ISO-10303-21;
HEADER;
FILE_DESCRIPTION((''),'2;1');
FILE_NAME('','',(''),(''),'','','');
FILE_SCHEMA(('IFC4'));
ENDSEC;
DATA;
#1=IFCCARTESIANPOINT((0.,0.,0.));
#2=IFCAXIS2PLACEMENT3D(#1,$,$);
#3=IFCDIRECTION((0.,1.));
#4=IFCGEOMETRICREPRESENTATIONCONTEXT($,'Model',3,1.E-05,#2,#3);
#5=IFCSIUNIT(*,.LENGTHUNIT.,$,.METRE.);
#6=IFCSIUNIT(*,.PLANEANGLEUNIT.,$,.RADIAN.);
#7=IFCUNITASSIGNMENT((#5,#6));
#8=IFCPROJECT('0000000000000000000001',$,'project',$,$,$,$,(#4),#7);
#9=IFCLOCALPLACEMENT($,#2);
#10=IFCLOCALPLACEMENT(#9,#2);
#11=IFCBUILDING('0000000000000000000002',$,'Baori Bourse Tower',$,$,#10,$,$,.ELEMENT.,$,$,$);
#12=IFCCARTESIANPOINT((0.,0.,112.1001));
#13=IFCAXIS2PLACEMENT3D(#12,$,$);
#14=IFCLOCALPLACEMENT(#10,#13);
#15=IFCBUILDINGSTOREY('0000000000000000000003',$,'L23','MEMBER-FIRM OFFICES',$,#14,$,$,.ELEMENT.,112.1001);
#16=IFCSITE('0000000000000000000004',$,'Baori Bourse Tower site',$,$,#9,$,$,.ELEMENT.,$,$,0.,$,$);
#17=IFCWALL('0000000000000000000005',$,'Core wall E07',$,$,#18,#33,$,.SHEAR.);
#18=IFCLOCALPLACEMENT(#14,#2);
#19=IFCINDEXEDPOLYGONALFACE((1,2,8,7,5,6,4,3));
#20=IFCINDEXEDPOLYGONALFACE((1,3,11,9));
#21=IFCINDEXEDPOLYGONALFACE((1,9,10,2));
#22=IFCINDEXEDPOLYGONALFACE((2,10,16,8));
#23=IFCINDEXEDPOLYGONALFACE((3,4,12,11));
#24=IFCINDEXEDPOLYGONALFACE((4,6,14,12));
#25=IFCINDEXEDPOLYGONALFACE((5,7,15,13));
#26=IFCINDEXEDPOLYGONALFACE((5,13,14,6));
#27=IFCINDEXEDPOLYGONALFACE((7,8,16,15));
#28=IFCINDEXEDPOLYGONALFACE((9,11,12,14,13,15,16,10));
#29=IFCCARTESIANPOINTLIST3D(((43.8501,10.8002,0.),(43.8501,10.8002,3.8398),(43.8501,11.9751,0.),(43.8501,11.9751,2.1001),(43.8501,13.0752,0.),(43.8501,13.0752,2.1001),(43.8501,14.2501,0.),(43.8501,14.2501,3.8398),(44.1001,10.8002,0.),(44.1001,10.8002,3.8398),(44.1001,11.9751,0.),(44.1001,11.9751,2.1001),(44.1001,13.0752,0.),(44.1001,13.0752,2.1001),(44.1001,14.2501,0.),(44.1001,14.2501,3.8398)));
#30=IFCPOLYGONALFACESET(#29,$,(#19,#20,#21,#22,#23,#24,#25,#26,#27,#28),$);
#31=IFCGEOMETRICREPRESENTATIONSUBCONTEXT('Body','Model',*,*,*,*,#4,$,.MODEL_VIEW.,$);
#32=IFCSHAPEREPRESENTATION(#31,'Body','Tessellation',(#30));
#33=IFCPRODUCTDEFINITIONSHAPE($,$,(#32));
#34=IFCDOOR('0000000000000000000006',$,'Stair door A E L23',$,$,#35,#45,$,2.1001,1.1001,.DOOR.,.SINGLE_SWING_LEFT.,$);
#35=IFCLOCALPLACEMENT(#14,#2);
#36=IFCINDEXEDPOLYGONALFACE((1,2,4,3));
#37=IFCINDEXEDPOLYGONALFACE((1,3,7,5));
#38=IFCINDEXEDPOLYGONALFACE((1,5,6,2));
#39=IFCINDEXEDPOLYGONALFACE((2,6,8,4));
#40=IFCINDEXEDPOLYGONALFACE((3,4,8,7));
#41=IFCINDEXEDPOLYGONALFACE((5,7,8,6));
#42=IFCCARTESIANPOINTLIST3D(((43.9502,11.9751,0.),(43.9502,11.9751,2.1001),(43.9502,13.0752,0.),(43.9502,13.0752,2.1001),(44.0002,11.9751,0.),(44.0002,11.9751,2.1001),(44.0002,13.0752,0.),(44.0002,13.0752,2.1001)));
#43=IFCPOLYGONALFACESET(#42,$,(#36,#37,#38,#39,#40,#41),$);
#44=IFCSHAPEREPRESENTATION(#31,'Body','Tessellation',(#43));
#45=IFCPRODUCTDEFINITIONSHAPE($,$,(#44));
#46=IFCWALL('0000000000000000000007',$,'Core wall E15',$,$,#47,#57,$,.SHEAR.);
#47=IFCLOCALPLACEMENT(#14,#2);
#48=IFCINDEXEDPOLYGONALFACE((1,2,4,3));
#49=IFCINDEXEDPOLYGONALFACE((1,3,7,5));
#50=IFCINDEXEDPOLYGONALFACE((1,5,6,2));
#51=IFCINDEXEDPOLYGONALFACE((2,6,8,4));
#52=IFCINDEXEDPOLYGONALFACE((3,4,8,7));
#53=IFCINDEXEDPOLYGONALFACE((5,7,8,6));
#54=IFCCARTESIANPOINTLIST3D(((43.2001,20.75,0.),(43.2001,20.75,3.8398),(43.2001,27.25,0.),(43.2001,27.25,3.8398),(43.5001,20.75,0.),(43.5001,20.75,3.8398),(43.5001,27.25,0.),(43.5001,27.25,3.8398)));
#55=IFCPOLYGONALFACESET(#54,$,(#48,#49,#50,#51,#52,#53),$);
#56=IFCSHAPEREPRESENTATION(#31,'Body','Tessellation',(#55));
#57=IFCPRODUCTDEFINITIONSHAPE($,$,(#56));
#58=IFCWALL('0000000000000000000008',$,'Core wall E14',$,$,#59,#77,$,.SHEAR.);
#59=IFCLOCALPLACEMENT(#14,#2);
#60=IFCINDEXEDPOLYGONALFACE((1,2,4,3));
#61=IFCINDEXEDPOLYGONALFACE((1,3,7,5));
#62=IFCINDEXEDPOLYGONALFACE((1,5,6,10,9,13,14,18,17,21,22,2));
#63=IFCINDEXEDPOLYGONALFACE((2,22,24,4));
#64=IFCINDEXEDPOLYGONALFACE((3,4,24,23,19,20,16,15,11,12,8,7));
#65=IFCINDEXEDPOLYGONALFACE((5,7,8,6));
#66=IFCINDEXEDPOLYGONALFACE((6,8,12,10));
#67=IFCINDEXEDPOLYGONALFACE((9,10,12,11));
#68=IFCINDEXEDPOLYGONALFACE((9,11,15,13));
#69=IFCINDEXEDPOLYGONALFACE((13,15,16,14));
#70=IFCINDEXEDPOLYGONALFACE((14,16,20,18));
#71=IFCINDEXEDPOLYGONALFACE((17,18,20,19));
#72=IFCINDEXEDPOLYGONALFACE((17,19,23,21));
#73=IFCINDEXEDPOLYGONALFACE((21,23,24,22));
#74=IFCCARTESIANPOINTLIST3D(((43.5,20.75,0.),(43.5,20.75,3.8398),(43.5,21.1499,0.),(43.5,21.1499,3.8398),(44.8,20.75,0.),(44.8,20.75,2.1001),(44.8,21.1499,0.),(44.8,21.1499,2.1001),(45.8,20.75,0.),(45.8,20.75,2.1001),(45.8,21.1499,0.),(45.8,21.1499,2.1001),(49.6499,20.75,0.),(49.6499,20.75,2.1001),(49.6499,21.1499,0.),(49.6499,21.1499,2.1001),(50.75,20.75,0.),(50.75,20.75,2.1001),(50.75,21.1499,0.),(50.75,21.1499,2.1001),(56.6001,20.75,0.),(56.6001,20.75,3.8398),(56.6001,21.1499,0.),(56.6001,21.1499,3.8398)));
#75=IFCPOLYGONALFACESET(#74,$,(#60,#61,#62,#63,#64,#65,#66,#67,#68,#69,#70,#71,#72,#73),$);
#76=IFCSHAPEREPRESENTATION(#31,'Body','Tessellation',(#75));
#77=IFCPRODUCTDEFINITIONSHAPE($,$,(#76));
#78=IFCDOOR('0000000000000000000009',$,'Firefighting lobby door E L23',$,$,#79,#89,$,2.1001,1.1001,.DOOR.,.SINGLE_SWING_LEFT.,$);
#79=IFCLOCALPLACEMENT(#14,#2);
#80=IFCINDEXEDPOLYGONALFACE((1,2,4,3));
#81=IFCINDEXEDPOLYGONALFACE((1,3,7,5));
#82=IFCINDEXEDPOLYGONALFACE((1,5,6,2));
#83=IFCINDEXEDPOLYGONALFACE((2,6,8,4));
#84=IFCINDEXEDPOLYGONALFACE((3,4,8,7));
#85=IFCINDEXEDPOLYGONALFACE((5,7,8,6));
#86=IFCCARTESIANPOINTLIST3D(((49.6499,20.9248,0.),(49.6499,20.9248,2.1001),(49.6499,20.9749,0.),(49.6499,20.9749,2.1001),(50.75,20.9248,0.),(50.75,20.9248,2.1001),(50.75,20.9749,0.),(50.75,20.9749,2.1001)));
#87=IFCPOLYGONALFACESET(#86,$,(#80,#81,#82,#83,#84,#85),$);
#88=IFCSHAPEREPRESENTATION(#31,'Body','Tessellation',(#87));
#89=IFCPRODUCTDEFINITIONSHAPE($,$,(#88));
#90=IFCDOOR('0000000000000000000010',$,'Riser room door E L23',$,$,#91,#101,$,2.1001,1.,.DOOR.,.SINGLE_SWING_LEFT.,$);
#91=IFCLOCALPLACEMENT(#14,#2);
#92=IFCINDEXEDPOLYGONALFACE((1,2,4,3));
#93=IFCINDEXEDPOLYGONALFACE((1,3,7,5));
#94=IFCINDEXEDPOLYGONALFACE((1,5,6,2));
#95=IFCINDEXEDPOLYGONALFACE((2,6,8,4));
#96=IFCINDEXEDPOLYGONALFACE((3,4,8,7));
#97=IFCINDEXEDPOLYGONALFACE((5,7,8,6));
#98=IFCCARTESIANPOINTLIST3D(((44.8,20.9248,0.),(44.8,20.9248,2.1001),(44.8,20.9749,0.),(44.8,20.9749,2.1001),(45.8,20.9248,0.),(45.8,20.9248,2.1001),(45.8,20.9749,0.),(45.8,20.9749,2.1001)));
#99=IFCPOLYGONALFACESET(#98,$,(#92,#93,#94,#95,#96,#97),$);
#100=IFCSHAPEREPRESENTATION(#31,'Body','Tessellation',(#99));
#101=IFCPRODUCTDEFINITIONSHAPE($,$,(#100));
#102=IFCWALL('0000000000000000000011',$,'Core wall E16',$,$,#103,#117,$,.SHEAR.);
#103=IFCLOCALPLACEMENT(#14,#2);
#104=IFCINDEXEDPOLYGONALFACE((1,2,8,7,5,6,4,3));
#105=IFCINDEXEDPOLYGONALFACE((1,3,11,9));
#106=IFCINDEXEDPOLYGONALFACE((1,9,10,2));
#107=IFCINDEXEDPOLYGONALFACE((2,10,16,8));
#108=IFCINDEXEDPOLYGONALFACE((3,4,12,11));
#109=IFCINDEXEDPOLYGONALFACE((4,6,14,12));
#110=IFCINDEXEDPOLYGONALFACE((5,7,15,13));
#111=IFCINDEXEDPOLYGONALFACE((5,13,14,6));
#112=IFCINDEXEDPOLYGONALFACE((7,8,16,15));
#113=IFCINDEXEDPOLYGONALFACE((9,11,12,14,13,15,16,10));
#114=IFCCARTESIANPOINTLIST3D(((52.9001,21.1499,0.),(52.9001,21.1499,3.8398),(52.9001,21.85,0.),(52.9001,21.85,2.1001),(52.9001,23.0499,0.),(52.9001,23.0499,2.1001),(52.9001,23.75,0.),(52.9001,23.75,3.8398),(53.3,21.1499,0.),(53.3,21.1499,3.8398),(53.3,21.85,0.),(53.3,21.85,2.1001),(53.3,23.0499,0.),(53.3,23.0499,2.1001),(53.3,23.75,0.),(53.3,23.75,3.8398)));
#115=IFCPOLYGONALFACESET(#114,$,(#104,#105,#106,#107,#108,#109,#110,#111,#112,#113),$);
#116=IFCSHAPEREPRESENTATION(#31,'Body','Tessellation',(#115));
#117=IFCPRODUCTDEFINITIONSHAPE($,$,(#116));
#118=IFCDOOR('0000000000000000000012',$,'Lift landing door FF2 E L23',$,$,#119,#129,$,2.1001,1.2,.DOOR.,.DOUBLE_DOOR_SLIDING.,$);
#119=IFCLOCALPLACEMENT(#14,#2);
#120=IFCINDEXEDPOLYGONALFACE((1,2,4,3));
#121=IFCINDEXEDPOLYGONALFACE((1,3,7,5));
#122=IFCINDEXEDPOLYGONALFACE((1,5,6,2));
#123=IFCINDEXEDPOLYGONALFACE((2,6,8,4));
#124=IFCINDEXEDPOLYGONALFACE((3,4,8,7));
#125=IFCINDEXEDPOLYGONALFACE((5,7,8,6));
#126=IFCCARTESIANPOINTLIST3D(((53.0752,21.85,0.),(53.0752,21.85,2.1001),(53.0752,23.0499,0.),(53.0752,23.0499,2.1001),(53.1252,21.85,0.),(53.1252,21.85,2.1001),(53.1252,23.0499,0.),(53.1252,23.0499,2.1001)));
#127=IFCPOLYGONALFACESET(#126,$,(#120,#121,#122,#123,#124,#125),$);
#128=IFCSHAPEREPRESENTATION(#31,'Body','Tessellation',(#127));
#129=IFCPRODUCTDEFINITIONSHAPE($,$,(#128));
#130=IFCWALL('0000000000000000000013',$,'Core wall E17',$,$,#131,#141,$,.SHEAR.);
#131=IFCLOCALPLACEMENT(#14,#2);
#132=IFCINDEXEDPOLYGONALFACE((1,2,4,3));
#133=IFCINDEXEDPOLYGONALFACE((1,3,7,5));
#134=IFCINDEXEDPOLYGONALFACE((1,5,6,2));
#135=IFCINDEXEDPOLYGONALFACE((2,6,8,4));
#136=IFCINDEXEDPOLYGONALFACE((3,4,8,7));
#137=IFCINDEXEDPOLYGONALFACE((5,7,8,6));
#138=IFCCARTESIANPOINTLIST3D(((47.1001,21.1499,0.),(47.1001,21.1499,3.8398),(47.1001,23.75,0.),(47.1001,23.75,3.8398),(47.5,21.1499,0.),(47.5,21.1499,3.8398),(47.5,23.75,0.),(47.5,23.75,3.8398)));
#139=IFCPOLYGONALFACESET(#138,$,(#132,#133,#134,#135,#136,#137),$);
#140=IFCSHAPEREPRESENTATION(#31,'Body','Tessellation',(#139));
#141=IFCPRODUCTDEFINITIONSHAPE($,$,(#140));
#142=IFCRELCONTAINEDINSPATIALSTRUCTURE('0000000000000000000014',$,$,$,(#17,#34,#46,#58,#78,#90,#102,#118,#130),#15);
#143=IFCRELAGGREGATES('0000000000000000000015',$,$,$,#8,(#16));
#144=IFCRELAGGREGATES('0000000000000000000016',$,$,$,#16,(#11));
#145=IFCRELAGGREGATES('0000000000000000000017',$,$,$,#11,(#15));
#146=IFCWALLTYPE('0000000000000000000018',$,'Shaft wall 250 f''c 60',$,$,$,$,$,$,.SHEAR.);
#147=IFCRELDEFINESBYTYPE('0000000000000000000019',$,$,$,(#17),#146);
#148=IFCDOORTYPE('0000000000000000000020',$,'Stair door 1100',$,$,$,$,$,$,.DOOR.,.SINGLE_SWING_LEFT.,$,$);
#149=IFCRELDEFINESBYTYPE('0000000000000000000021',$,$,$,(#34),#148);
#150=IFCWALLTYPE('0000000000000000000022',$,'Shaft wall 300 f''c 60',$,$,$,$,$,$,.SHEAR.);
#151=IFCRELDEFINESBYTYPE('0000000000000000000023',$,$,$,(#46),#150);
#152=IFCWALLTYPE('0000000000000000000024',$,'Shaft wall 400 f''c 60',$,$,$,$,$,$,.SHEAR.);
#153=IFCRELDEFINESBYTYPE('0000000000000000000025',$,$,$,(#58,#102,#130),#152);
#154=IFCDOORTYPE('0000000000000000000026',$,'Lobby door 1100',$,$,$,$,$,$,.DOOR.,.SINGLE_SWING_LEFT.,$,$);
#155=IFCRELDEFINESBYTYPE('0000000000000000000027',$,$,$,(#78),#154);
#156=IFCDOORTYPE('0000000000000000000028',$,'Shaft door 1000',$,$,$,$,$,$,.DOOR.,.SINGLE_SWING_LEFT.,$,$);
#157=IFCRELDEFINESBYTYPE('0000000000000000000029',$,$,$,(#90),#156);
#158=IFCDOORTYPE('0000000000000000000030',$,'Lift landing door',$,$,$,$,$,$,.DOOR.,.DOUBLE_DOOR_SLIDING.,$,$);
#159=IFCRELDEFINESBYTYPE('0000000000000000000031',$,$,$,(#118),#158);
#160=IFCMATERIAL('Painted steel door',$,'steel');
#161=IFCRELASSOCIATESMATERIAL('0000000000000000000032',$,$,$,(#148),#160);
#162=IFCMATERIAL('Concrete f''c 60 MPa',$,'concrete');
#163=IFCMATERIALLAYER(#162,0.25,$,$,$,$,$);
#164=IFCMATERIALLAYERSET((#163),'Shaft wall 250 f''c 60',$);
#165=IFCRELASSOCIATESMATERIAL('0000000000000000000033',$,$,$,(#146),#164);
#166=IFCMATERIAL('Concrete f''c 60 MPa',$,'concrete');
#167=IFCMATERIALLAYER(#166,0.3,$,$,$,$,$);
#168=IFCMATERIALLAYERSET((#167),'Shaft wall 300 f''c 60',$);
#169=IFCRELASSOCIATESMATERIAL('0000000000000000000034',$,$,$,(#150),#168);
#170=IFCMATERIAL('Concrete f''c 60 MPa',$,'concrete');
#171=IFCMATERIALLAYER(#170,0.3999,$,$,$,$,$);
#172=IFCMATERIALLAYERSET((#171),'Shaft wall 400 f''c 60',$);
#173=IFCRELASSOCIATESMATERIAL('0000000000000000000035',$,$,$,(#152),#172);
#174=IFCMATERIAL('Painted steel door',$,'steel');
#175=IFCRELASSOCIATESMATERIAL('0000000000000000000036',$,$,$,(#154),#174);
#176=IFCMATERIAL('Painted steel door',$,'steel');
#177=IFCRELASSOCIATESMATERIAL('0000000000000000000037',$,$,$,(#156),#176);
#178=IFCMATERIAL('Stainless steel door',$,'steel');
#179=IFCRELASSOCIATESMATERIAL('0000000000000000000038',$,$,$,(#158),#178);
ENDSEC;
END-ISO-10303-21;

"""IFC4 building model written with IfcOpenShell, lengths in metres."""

from ifc_helpers import new_model, si_unit, direction, frame, frame_2d, origin, place, context, subcontext, project, spatial, rectangle, extrude, material, layer, layer_set, type_object, element, fill, save


model = new_model("IFC4")

# Units and contexts
model_context = context("Model", 3, precision=1e-05, world=origin(), true_north=direction((0.0, 1.0)))
body_context = subcontext(model_context, "Body", "Model", "MODEL_VIEW")
ifc_project = project(units=[si_unit("LENGTHUNIT", "METRE"), si_unit("PLANEANGLEUNIT", "RADIAN")], contexts=[model_context])

# Site, building, storey
site_placement = place(None, origin())
site = spatial("IfcSite", under=ifc_project, at=site_placement, Name="Baori Bourse Tower site", CompositionType="ELEMENT", RefElevation=0.0)
building_placement = place(site_placement, origin())
building = spatial("IfcBuilding", under=site, at=building_placement, Name="Baori Bourse Tower", CompositionType="ELEMENT")
storey_placement = place(building_placement, frame((0.0, 0.0, 112.1001)))
storey = spatial("IfcBuildingStorey", under=building, at=storey_placement, Name="L23", Description="MEMBER-FIRM OFFICES", CompositionType="ELEMENT", Elevation=112.1001)

# Shared definitions
ifc_material_1 = material(Name="Painted steel door", Category="steel")
door_type_1 = type_object("IfcDoorType", Name="Stair door 1100", OperationType="SINGLE_SWING_LEFT", PredefinedType="DOOR", material=ifc_material_1)

# Wall, opening, door
ifc_material_2 = material(Name="Concrete f'c 60 MPa", Category="concrete")
ifc_layer_1 = layer(ifc_material_2, 0.25)
ifc_layer_set_1 = layer_set([ifc_layer_1], Name="Shaft wall 250 f'c 60")
wall_type_1 = type_object("IfcWallType", Name="Shaft wall 250 f'c 60", PredefinedType="SHEAR", material=ifc_layer_set_1)
wall_1_placement = place(storey_placement, frame((43.9751, 10.8, 0.0), z_axis=(0.0, 0.0, 1.0), x_axis=(0.0, 1.0, 0.0)))
wall_1 = element("IfcWall", 1, at=wall_1_placement, inside=storey, type_object=wall_type_1, Name="Core wall E07", PredefinedType="SHEAR", context=body_context, shape_type="SweptSolid", body=[
    extrude(rectangle(XDim=3.45, YDim=0.25, at=frame_2d((1.7251, 0.0))), origin(), (0.0, 0.0, 1.0), 3.8398),
])
opening_1_placement = place(wall_1_placement, frame((1.175, 0.0, 0.0)))
opening_1 = element("IfcOpeningElement", 2, at=opening_1_placement, cuts=wall_1, PredefinedType="OPENING", context=body_context, shape_type="SweptSolid", body=[
    extrude(rectangle(XDim=1.1001, YDim=2.1001, at=frame_2d((0.55, 1.05))), frame((0.0, 0.135, 0.0), z_axis=(0.0, -1.0, 0.0), x_axis=(1.0, 0.0, 0.0)), (0.0, 0.0, 1.0), 0.27),
])
door_1_placement = place(opening_1_placement, origin())
door_1 = element("IfcDoor", 3, at=door_1_placement, inside=storey, type_object=door_type_1, Name="Stair door A E L23", OperationType="SINGLE_SWING_LEFT", OverallHeight=2.1001, OverallWidth=1.1001, PredefinedType="DOOR", context=body_context, shape_type="SweptSolid", body=[
    extrude(rectangle(XDim=1.1001, YDim=2.1001, at=frame_2d((0.55, 1.05))), frame((0.0, 0.0249, 0.0), z_axis=(0.0, -1.0, 0.0), x_axis=(1.0, 0.0, 0.0)), (0.0, 0.0, 1.0), 0.05),
])
fill(opening_1, door_1)

# Wall
ifc_material_3 = material(Name="Concrete f'c 60 MPa", Category="concrete")
ifc_layer_2 = layer(ifc_material_3, 0.3)
ifc_layer_set_2 = layer_set([ifc_layer_2], Name="Shaft wall 300 f'c 60")
wall_type_2 = type_object("IfcWallType", Name="Shaft wall 300 f'c 60", PredefinedType="SHEAR", material=ifc_layer_set_2)
wall_2_placement = place(storey_placement, frame((43.3501, 20.75, 0.0), z_axis=(0.0, 0.0, 1.0), x_axis=(0.0, 1.0, 0.0)))
element("IfcWall", 4, at=wall_2_placement, inside=storey, type_object=wall_type_2, Name="Core wall E15", PredefinedType="SHEAR", context=body_context, shape_type="SweptSolid", body=[
    extrude(rectangle(XDim=6.5, YDim=0.3, at=frame_2d((3.25, 0.0))), origin(), (0.0, 0.0, 1.0), 3.8398),
])

# Wall, openings, doors
ifc_material_4 = material(Name="Concrete f'c 60 MPa", Category="concrete")
ifc_layer_3 = layer(ifc_material_4, 0.3999)
ifc_layer_set_3 = layer_set([ifc_layer_3], Name="Shaft wall 400 f'c 60")
wall_type_3 = type_object("IfcWallType", Name="Shaft wall 400 f'c 60", PredefinedType="SHEAR", material=ifc_layer_set_3)
wall_3_placement = place(storey_placement, frame((43.5, 20.95, 0.0), z_axis=(0.0, 0.0, 1.0), x_axis=(1.0, 0.0, 0.0)))
wall_3 = element("IfcWall", 5, at=wall_3_placement, inside=storey, type_object=wall_type_3, Name="Core wall E14", PredefinedType="SHEAR", context=body_context, shape_type="SweptSolid", body=[
    extrude(rectangle(XDim=13.1001, YDim=0.3999, at=frame_2d((6.55, 0.0))), origin(), (0.0, 0.0, 1.0), 3.8398),
])
opening_2_placement = place(wall_3_placement, frame((6.1499, 0.0, 0.0)))
opening_2 = element("IfcOpeningElement", 6, at=opening_2_placement, cuts=wall_3, PredefinedType="OPENING", context=body_context, shape_type="SweptSolid", body=[
    extrude(rectangle(XDim=1.1001, YDim=2.1001, at=frame_2d((0.55, 1.05))), frame((0.0, 0.21, 0.0), z_axis=(0.0, -1.0, 0.0), x_axis=(1.0, 0.0, 0.0)), (0.0, 0.0, 1.0), 0.4199),
])
opening_3_placement = place(wall_3_placement, frame((1.3, 0.0, 0.0)))
opening_3 = element("IfcOpeningElement", 7, at=opening_3_placement, cuts=wall_3, PredefinedType="OPENING", context=body_context, shape_type="SweptSolid", body=[
    extrude(rectangle(XDim=1.0, YDim=2.1001, at=frame_2d((0.5, 1.05))), frame((0.0, 0.21, 0.0), z_axis=(0.0, -1.0, 0.0), x_axis=(1.0, 0.0, 0.0)), (0.0, 0.0, 1.0), 0.4199),
])
ifc_material_5 = material(Name="Painted steel door", Category="steel")
door_type_2 = type_object("IfcDoorType", Name="Lobby door 1100", OperationType="SINGLE_SWING_LEFT", PredefinedType="DOOR", material=ifc_material_5)
door_2_placement = place(opening_2_placement, origin())
door_2 = element("IfcDoor", 8, at=door_2_placement, inside=storey, type_object=door_type_2, Name="Firefighting lobby door E L23", OperationType="SINGLE_SWING_LEFT", OverallHeight=2.1001, OverallWidth=1.1001, PredefinedType="DOOR", context=body_context, shape_type="SweptSolid", body=[
    extrude(rectangle(XDim=1.1001, YDim=2.1001, at=frame_2d((0.55, 1.05))), frame((0.0, 0.0249, 0.0), z_axis=(0.0, -1.0, 0.0), x_axis=(1.0, 0.0, 0.0)), (0.0, 0.0, 1.0), 0.05),
])
fill(opening_2, door_2)
ifc_material_6 = material(Name="Painted steel door", Category="steel")
door_type_3 = type_object("IfcDoorType", Name="Shaft door 1000", OperationType="SINGLE_SWING_LEFT", PredefinedType="DOOR", material=ifc_material_6)
door_3_placement = place(opening_3_placement, origin())
door_3 = element("IfcDoor", 9, at=door_3_placement, inside=storey, type_object=door_type_3, Name="Riser room door E L23", OperationType="SINGLE_SWING_LEFT", OverallHeight=2.1001, OverallWidth=1.0, PredefinedType="DOOR", context=body_context, shape_type="SweptSolid", body=[
    extrude(rectangle(XDim=1.0, YDim=2.1001, at=frame_2d((0.5, 1.05))), frame((0.0, 0.0249, 0.0), z_axis=(0.0, -1.0, 0.0), x_axis=(1.0, 0.0, 0.0)), (0.0, 0.0, 1.0), 0.05),
])
fill(opening_3, door_3)

# Wall, opening, door
wall_4_placement = place(storey_placement, frame((53.1001, 21.1499, 0.0), z_axis=(0.0, 0.0, 1.0), x_axis=(0.0, 1.0, 0.0)))
wall_4 = element("IfcWall", 10, at=wall_4_placement, inside=storey, type_object=wall_type_3, Name="Core wall E16", PredefinedType="SHEAR", context=body_context, shape_type="SweptSolid", body=[
    extrude(rectangle(XDim=2.6001, YDim=0.3999, at=frame_2d((1.3, 0.0))), origin(), (0.0, 0.0, 1.0), 3.8398),
])
opening_4_placement = place(wall_4_placement, frame((0.7, 0.0, 0.0)))
opening_4 = element("IfcOpeningElement", 11, at=opening_4_placement, cuts=wall_4, PredefinedType="OPENING", context=body_context, shape_type="SweptSolid", body=[
    extrude(rectangle(XDim=1.2, YDim=2.1001, at=frame_2d((0.6001, 1.05))), frame((0.0, 0.21, 0.0), z_axis=(0.0, -1.0, 0.0), x_axis=(1.0, 0.0, 0.0)), (0.0, 0.0, 1.0), 0.4199),
])
ifc_material_7 = material(Name="Stainless steel door", Category="steel")
door_type_4 = type_object("IfcDoorType", Name="Lift landing door", OperationType="DOUBLE_DOOR_SLIDING", PredefinedType="DOOR", material=ifc_material_7)
door_4_placement = place(opening_4_placement, origin())
door_4 = element("IfcDoor", 12, at=door_4_placement, inside=storey, type_object=door_type_4, Name="Lift landing door FF2 E L23", OperationType="DOUBLE_DOOR_SLIDING", OverallHeight=2.1001, OverallWidth=1.2, PredefinedType="DOOR", context=body_context, shape_type="SweptSolid", body=[
    extrude(rectangle(XDim=1.2, YDim=2.1001, at=frame_2d((0.6001, 1.05))), frame((0.0, 0.0249, 0.0), z_axis=(0.0, -1.0, 0.0), x_axis=(1.0, 0.0, 0.0)), (0.0, 0.0, 1.0), 0.05),
])
fill(opening_4, door_4)

# Wall
wall_5_placement = place(storey_placement, frame((47.3, 21.1499, 0.0), z_axis=(0.0, 0.0, 1.0), x_axis=(0.0, 1.0, 0.0)))
element("IfcWall", 13, at=wall_5_placement, inside=storey, type_object=wall_type_3, Name="Core wall E17", PredefinedType="SHEAR", context=body_context, shape_type="SweptSolid", body=[
    extrude(rectangle(XDim=2.6001, YDim=0.3999, at=frame_2d((1.3, 0.0))), origin(), (0.0, 0.0, 1.0), 3.8398),
])

save(model, "model.ifc")
